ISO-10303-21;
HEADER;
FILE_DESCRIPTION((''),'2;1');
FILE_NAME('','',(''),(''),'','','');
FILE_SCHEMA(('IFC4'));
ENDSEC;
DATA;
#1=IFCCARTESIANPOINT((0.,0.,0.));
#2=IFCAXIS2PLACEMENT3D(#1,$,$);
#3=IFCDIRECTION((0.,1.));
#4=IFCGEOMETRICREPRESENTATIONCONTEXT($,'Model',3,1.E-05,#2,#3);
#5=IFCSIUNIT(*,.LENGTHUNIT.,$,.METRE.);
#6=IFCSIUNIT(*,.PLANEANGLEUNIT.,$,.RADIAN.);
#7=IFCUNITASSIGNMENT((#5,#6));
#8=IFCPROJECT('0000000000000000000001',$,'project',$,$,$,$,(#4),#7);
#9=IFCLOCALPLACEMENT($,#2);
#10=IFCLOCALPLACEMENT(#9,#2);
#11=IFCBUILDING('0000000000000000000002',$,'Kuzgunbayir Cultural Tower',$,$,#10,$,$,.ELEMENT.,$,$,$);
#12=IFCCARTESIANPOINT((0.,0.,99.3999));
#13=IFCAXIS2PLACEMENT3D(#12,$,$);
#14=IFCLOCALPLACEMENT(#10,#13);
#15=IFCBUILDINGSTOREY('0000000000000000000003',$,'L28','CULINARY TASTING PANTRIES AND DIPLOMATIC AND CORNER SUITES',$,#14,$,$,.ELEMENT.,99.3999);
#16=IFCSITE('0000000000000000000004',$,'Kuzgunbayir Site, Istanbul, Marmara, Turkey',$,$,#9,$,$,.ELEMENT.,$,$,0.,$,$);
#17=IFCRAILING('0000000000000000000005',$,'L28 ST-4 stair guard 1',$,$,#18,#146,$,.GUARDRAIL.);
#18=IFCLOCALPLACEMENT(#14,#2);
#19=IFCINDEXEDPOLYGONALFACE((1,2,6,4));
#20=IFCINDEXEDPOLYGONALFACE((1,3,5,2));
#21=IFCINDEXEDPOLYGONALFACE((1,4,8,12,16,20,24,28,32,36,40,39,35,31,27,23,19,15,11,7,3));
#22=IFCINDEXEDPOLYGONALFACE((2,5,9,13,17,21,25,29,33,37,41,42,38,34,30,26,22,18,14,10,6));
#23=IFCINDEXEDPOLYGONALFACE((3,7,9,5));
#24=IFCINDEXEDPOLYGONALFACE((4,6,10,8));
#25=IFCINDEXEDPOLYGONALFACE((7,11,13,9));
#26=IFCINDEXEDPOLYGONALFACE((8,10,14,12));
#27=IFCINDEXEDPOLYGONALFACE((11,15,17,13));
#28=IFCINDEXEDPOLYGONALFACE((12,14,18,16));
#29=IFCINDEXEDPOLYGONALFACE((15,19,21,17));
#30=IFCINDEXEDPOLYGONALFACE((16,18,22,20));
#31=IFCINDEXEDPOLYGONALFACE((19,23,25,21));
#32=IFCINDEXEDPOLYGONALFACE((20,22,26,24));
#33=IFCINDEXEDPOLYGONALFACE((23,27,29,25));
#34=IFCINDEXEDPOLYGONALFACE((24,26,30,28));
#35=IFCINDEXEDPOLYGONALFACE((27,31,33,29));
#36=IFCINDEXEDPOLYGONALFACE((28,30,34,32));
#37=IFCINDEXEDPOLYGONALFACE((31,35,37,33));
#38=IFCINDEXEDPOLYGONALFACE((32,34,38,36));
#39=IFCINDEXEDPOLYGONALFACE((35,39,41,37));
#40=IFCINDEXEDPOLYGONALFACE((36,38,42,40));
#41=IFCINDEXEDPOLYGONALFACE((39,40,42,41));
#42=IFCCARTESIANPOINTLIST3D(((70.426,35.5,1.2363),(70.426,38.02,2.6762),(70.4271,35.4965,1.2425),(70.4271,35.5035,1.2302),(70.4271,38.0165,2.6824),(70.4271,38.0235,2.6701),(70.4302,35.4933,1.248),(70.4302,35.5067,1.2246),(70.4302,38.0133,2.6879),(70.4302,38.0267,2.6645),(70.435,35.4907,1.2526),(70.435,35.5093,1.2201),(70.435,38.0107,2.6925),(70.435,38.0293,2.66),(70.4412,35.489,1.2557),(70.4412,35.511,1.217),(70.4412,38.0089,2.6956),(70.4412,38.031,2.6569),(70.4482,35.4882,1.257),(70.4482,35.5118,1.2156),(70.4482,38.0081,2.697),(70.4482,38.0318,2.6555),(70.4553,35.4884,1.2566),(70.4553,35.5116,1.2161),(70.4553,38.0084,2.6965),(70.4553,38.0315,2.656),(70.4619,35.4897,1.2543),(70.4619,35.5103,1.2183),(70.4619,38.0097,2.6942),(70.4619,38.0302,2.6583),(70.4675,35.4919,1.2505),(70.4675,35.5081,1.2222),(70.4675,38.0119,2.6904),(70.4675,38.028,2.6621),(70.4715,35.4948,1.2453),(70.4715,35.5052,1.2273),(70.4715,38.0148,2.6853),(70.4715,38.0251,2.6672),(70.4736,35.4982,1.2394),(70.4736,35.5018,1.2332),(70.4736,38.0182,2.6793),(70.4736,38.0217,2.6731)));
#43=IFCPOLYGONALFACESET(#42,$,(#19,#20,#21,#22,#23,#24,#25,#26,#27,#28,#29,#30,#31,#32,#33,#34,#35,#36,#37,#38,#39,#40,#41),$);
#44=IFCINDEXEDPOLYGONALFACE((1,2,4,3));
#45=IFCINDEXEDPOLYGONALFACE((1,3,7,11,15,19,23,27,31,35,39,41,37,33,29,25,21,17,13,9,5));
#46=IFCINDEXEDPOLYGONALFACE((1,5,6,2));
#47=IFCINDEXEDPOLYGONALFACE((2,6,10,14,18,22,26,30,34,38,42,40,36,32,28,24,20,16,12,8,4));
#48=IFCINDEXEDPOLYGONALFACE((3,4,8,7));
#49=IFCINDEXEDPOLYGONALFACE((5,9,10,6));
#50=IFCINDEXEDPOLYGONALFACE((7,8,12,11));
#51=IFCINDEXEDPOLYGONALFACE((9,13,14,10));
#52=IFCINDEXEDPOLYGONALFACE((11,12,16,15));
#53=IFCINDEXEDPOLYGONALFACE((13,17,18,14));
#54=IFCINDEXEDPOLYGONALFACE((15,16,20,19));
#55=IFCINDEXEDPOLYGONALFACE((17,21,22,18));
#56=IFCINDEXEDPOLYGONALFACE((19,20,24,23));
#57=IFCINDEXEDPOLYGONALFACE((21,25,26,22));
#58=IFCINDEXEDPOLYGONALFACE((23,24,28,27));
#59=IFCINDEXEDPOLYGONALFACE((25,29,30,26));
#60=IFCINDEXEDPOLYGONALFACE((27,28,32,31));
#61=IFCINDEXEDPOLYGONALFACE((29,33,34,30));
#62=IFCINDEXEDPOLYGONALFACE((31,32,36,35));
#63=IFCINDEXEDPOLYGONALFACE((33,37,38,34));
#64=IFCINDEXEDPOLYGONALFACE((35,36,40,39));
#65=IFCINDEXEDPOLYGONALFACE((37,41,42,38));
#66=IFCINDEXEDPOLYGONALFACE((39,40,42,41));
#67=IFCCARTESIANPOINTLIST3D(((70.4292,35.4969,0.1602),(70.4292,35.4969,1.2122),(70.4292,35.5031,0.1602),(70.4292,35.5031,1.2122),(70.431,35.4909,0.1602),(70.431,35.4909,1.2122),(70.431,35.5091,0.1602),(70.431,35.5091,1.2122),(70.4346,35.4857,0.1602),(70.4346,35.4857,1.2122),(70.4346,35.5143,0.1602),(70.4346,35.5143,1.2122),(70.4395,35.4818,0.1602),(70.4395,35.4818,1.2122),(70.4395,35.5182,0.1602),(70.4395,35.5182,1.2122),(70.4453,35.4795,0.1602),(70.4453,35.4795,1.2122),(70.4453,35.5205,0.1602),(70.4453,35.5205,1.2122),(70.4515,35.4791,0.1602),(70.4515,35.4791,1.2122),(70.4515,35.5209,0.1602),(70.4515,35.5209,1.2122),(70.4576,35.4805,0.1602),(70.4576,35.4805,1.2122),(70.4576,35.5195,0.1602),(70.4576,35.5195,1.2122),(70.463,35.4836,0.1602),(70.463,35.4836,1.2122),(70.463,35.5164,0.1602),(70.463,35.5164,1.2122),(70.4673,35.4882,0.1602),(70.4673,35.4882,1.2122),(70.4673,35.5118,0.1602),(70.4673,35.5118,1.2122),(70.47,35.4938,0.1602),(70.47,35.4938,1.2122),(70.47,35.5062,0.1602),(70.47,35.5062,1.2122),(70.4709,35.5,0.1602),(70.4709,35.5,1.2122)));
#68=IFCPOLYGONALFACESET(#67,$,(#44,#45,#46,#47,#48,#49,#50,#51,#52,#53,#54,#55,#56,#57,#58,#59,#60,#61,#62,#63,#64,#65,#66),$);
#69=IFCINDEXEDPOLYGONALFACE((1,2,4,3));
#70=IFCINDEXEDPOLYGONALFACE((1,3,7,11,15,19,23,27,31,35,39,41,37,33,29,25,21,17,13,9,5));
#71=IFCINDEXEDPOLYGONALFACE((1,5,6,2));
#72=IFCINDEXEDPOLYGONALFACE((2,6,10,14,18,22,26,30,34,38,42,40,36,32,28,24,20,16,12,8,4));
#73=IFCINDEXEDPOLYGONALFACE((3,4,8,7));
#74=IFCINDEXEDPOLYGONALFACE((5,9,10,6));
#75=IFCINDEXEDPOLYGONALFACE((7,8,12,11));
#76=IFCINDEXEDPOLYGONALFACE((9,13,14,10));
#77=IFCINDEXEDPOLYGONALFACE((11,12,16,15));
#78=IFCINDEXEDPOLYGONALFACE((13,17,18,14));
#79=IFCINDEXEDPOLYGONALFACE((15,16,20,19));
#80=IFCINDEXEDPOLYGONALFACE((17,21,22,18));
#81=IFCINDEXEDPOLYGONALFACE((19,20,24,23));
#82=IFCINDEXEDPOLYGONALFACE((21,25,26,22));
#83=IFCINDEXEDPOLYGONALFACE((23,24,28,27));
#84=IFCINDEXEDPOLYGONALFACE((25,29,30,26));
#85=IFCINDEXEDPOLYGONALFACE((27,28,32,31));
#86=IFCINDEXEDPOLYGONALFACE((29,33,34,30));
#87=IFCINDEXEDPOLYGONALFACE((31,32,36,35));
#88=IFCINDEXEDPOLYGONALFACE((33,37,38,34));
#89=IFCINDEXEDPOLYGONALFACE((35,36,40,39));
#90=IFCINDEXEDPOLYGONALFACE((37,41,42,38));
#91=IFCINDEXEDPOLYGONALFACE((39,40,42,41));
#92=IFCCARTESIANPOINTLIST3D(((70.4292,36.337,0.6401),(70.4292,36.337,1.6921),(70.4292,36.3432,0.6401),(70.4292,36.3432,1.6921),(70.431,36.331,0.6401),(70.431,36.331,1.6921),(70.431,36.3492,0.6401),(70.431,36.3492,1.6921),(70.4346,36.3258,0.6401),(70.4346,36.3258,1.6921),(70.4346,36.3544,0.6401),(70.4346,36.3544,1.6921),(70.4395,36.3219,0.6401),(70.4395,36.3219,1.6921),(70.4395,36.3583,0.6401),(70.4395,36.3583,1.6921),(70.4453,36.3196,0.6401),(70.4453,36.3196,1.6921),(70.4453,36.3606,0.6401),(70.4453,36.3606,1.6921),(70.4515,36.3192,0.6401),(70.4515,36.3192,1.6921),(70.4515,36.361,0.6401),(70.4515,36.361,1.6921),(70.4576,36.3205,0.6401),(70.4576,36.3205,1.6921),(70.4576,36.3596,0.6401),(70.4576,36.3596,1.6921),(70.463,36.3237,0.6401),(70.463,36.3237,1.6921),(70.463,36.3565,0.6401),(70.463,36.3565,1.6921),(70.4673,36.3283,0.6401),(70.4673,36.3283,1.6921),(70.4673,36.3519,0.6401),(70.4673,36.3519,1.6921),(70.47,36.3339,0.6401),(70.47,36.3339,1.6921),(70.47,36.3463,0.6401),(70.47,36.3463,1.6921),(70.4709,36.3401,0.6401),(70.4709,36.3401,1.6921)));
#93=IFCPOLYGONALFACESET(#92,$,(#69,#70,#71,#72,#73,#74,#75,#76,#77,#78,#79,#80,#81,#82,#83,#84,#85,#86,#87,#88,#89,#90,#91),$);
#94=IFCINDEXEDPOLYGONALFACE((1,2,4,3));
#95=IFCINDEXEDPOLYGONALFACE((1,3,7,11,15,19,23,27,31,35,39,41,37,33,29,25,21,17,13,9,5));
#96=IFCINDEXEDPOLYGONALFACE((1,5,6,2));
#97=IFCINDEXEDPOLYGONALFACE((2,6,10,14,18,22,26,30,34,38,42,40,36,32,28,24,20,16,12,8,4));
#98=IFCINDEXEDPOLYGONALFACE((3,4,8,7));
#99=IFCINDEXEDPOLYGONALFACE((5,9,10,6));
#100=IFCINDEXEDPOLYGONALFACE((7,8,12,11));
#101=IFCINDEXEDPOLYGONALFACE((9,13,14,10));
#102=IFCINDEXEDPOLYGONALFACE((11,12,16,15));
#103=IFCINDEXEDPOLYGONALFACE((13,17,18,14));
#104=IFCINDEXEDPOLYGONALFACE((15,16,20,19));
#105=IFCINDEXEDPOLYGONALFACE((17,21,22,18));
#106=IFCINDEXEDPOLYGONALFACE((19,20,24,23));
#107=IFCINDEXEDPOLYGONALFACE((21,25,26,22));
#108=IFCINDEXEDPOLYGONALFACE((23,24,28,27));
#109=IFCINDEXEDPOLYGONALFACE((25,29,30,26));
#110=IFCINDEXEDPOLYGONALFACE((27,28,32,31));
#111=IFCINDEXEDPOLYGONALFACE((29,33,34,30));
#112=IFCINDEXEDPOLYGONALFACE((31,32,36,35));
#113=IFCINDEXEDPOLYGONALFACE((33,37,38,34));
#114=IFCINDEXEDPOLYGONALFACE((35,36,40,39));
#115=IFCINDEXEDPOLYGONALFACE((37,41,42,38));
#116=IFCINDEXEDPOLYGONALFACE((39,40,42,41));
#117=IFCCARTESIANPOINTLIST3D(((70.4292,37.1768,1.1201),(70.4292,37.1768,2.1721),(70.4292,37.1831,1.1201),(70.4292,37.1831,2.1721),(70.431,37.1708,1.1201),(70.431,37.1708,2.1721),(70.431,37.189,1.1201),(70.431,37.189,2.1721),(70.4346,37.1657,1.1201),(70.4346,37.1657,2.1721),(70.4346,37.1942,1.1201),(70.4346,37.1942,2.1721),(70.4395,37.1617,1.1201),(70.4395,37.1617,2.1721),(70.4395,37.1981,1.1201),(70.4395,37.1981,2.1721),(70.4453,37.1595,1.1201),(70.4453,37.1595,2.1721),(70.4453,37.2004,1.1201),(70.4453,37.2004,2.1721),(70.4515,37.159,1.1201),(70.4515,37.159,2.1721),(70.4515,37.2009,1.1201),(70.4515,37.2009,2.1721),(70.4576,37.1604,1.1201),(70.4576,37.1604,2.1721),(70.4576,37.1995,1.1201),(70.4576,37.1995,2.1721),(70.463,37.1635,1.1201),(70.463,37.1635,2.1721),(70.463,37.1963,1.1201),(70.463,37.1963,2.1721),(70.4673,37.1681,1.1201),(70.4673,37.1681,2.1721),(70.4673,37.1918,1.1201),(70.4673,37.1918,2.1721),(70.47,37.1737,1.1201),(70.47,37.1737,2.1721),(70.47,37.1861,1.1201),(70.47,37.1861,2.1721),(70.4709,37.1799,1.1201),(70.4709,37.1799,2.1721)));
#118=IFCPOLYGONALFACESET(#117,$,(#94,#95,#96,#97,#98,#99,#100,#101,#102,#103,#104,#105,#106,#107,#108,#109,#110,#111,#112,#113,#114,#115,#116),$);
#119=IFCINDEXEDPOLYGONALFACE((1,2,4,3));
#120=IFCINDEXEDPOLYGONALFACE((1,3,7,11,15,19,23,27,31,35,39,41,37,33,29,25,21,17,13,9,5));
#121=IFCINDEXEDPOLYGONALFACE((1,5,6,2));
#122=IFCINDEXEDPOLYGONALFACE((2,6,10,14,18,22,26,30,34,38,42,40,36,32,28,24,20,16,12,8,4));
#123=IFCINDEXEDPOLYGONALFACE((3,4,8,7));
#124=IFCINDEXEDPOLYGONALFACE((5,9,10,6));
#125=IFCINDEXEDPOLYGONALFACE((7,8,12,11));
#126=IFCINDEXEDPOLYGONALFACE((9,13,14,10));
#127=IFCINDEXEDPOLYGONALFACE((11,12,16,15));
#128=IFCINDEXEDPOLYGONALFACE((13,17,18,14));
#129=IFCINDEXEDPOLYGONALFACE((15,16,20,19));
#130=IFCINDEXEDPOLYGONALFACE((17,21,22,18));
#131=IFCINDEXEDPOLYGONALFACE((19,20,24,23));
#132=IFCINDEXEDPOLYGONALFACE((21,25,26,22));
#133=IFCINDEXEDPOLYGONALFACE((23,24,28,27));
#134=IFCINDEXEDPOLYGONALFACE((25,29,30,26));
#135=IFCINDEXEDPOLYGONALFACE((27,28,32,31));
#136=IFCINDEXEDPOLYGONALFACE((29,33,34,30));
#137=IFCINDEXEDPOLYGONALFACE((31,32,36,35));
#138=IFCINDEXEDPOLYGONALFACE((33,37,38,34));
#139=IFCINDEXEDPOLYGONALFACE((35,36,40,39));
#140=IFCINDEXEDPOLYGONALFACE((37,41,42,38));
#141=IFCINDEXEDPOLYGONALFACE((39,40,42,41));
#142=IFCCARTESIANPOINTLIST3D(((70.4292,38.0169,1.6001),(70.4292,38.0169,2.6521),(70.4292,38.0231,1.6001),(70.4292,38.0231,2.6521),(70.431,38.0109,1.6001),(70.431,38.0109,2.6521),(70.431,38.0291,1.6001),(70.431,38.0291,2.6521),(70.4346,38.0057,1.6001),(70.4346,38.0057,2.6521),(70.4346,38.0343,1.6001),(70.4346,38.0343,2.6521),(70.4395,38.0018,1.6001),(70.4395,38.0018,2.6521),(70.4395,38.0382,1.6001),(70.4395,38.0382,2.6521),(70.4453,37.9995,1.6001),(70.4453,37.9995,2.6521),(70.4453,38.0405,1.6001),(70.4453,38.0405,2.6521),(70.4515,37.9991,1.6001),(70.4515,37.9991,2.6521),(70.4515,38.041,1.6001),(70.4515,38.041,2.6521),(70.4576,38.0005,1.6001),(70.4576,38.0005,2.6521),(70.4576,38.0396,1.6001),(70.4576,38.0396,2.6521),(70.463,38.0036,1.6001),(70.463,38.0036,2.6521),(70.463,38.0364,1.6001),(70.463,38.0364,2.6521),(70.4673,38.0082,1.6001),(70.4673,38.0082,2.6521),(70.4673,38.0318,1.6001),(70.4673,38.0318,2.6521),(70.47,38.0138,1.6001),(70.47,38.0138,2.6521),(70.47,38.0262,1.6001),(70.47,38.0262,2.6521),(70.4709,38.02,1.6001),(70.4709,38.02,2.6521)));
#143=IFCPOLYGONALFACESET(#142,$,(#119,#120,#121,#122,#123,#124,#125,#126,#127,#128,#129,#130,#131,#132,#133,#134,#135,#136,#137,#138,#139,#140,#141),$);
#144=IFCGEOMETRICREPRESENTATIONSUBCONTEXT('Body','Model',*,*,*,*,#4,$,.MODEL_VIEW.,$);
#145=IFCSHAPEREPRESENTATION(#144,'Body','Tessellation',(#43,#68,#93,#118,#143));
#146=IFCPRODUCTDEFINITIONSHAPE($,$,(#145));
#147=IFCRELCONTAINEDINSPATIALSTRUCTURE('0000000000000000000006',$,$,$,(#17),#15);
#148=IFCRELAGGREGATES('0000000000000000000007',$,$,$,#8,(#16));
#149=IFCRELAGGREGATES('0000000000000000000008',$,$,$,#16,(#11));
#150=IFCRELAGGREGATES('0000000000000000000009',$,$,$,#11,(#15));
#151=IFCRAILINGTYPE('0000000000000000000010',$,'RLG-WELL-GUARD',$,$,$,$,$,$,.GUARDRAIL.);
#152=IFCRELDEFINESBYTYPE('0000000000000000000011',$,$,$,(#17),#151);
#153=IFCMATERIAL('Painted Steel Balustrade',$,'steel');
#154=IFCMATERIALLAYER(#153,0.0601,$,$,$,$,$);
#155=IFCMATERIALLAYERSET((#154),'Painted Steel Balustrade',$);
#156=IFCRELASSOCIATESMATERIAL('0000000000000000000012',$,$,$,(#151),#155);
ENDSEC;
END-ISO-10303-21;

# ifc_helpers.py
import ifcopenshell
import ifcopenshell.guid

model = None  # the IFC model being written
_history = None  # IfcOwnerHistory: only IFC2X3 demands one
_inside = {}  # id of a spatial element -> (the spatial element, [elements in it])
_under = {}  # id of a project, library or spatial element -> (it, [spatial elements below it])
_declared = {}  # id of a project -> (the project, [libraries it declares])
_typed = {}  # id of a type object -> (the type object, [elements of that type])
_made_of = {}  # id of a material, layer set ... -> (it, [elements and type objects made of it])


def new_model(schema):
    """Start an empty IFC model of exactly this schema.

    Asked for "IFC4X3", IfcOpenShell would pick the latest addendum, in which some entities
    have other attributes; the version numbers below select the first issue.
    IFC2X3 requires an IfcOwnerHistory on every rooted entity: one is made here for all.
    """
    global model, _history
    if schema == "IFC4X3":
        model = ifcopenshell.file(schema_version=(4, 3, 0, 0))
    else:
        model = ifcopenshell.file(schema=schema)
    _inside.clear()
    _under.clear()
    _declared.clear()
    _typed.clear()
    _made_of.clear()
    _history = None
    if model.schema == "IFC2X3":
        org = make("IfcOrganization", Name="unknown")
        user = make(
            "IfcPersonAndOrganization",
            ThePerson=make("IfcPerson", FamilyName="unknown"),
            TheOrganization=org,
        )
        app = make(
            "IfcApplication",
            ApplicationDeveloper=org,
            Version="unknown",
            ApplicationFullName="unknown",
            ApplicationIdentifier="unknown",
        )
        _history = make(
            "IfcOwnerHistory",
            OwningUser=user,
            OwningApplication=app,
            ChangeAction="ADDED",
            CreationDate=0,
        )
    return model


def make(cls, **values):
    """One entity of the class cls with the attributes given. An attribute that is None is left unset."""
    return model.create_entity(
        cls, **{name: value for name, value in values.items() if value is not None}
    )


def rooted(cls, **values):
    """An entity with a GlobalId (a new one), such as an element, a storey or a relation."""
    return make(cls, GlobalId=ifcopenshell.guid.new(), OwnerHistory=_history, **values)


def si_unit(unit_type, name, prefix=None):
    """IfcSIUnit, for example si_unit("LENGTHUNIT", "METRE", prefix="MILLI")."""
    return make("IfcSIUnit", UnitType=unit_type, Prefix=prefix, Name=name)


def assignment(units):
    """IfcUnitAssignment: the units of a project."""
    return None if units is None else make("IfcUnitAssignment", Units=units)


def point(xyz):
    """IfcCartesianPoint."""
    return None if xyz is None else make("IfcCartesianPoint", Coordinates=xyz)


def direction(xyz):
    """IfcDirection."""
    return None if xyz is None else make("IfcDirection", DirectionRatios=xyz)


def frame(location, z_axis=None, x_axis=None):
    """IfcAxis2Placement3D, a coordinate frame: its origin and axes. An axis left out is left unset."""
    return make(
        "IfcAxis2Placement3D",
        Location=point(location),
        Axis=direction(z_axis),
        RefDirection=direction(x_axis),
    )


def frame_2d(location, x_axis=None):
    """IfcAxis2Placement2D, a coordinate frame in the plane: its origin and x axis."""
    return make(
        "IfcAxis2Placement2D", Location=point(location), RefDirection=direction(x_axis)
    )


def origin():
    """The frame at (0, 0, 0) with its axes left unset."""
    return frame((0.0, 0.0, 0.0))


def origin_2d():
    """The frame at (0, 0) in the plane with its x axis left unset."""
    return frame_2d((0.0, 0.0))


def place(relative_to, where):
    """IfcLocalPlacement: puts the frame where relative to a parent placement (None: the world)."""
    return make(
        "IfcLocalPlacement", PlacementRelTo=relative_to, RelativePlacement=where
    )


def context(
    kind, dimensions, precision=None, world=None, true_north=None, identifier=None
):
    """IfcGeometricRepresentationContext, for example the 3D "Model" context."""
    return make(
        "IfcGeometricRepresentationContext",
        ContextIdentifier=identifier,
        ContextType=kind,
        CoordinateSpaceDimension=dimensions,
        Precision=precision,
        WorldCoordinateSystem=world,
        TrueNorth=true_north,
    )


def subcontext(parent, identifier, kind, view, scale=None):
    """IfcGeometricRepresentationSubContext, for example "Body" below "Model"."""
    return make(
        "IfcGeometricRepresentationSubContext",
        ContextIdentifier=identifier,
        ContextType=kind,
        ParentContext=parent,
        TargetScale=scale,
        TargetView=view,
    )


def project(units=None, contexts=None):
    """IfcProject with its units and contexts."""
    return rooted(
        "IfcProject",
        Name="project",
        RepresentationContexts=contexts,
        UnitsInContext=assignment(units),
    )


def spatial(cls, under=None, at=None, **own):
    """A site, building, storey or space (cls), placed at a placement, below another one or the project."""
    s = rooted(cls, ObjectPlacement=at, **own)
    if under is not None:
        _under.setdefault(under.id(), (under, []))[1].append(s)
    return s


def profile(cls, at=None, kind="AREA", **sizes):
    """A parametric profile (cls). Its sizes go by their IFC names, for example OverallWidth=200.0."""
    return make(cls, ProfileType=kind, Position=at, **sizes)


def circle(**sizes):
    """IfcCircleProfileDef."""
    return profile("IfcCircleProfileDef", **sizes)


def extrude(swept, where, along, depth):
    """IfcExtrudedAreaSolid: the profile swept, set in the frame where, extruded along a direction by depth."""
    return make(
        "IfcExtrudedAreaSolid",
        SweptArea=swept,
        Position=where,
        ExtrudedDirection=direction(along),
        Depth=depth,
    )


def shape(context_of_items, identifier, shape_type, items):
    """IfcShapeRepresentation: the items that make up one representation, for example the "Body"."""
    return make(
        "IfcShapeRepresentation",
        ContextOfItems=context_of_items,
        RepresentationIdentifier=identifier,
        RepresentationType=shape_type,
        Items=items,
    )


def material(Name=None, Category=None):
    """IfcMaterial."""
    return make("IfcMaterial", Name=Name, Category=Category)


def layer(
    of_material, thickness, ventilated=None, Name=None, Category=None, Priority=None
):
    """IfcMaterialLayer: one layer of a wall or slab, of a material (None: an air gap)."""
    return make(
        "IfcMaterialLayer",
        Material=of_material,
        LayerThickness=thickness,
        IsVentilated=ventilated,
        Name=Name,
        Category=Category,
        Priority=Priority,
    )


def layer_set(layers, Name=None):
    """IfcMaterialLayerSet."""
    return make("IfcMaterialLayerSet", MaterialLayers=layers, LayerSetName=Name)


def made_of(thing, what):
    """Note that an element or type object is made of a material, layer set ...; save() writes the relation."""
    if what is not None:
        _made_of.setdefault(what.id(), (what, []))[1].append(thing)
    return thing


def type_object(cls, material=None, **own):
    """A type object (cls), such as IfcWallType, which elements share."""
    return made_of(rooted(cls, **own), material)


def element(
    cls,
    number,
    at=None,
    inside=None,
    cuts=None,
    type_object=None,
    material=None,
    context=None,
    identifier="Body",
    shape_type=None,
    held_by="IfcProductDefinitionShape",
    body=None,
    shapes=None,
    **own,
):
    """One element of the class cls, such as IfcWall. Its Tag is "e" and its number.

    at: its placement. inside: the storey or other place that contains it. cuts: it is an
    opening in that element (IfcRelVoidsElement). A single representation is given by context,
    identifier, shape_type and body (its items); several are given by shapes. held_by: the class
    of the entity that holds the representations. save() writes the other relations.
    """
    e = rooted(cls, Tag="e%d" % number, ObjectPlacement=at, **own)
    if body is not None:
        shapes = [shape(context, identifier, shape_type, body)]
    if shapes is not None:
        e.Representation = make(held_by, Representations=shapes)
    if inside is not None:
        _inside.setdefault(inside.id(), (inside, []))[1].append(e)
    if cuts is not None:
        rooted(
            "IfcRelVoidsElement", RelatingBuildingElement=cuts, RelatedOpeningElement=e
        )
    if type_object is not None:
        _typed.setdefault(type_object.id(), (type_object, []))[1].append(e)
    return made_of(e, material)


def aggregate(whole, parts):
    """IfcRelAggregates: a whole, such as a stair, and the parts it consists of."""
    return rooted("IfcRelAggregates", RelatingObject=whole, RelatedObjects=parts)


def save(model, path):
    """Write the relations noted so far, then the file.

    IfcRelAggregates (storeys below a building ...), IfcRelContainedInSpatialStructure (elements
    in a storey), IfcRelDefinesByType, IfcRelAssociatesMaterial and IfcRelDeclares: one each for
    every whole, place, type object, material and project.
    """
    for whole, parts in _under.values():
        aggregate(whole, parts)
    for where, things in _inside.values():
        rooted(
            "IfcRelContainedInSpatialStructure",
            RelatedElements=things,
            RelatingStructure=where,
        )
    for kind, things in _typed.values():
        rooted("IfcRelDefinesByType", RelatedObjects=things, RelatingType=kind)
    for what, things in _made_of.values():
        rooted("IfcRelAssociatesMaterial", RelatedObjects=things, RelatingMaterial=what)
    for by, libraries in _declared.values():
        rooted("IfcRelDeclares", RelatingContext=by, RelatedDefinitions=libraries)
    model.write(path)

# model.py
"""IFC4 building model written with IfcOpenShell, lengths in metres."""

from ifc_helpers import new_model, si_unit, direction, frame, origin, origin_2d, place, context, subcontext, project, spatial, circle, extrude, material, layer, layer_set, type_object, element, save


model = new_model("IFC4")

# Units and contexts
model_context = context("Model", 3, precision=1e-05, world=origin(), true_north=direction((0.0, 1.0)))
body_context = subcontext(model_context, "Body", "Model", "MODEL_VIEW")
ifc_project = project(units=[si_unit("LENGTHUNIT", "METRE"), si_unit("PLANEANGLEUNIT", "RADIAN")], contexts=[model_context])

# Site, building, storey
site_placement = place(None, origin())
site = spatial("IfcSite", under=ifc_project, at=site_placement, Name="Kuzgunbayir Site, Istanbul, Marmara, Turkey", CompositionType="ELEMENT", RefElevation=0.0)
building_placement = place(site_placement, origin())
building = spatial("IfcBuilding", under=site, at=building_placement, Name="Kuzgunbayir Cultural Tower", CompositionType="ELEMENT")
storey_placement = place(building_placement, frame((0.0, 0.0, 99.3999)))
storey = spatial("IfcBuildingStorey", under=building, at=storey_placement, Name="L28", Description="CULINARY TASTING PANTRIES AND DIPLOMATIC AND CORNER SUITES", CompositionType="ELEMENT", Elevation=99.3999)

# Railing
ifc_material_1 = material(Name="Painted Steel Balustrade", Category="steel")
ifc_layer_1 = layer(ifc_material_1, 0.0601)
ifc_layer_set_1 = layer_set([ifc_layer_1], Name="Painted Steel Balustrade")
railing_type_1 = type_object("IfcRailingType", Name="RLG-WELL-GUARD", PredefinedType="GUARDRAIL", material=ifc_layer_set_1)
railing_1_placement = place(storey_placement, frame((70.45, 35.5, 0.1602)))
element("IfcRailing", 1, at=railing_1_placement, inside=storey, type_object=railing_type_1, Name="L28 ST-4 stair guard 1", PredefinedType="GUARDRAIL", context=body_context, shape_type="SweptSolid", body=[
    extrude(circle(Radius=0.0239, at=origin_2d()), frame((0.0, 0.0, 1.0762), z_axis=(0.0, 0.868253, 0.496121), x_axis=(-1.0, 0.0, 0.0)), (0.0, 0.0, 1.0), 2.9023),
    extrude(circle(Radius=0.021, at=origin_2d()), origin(), (0.0, 0.0, 1.0), 1.052),
    extrude(circle(Radius=0.021, at=origin_2d()), frame((0.0, 0.8401, 0.48)), (0.0, 0.0, 1.0), 1.052),
    extrude(circle(Radius=0.021, at=origin_2d()), frame((0.0, 1.6799, 0.96)), (0.0, 0.0, 1.0), 1.052),
    extrude(circle(Radius=0.021, at=origin_2d()), frame((0.0, 2.52, 1.4399)), (0.0, 0.0, 1.0), 1.052),
])

save(model, "model.ifc")
